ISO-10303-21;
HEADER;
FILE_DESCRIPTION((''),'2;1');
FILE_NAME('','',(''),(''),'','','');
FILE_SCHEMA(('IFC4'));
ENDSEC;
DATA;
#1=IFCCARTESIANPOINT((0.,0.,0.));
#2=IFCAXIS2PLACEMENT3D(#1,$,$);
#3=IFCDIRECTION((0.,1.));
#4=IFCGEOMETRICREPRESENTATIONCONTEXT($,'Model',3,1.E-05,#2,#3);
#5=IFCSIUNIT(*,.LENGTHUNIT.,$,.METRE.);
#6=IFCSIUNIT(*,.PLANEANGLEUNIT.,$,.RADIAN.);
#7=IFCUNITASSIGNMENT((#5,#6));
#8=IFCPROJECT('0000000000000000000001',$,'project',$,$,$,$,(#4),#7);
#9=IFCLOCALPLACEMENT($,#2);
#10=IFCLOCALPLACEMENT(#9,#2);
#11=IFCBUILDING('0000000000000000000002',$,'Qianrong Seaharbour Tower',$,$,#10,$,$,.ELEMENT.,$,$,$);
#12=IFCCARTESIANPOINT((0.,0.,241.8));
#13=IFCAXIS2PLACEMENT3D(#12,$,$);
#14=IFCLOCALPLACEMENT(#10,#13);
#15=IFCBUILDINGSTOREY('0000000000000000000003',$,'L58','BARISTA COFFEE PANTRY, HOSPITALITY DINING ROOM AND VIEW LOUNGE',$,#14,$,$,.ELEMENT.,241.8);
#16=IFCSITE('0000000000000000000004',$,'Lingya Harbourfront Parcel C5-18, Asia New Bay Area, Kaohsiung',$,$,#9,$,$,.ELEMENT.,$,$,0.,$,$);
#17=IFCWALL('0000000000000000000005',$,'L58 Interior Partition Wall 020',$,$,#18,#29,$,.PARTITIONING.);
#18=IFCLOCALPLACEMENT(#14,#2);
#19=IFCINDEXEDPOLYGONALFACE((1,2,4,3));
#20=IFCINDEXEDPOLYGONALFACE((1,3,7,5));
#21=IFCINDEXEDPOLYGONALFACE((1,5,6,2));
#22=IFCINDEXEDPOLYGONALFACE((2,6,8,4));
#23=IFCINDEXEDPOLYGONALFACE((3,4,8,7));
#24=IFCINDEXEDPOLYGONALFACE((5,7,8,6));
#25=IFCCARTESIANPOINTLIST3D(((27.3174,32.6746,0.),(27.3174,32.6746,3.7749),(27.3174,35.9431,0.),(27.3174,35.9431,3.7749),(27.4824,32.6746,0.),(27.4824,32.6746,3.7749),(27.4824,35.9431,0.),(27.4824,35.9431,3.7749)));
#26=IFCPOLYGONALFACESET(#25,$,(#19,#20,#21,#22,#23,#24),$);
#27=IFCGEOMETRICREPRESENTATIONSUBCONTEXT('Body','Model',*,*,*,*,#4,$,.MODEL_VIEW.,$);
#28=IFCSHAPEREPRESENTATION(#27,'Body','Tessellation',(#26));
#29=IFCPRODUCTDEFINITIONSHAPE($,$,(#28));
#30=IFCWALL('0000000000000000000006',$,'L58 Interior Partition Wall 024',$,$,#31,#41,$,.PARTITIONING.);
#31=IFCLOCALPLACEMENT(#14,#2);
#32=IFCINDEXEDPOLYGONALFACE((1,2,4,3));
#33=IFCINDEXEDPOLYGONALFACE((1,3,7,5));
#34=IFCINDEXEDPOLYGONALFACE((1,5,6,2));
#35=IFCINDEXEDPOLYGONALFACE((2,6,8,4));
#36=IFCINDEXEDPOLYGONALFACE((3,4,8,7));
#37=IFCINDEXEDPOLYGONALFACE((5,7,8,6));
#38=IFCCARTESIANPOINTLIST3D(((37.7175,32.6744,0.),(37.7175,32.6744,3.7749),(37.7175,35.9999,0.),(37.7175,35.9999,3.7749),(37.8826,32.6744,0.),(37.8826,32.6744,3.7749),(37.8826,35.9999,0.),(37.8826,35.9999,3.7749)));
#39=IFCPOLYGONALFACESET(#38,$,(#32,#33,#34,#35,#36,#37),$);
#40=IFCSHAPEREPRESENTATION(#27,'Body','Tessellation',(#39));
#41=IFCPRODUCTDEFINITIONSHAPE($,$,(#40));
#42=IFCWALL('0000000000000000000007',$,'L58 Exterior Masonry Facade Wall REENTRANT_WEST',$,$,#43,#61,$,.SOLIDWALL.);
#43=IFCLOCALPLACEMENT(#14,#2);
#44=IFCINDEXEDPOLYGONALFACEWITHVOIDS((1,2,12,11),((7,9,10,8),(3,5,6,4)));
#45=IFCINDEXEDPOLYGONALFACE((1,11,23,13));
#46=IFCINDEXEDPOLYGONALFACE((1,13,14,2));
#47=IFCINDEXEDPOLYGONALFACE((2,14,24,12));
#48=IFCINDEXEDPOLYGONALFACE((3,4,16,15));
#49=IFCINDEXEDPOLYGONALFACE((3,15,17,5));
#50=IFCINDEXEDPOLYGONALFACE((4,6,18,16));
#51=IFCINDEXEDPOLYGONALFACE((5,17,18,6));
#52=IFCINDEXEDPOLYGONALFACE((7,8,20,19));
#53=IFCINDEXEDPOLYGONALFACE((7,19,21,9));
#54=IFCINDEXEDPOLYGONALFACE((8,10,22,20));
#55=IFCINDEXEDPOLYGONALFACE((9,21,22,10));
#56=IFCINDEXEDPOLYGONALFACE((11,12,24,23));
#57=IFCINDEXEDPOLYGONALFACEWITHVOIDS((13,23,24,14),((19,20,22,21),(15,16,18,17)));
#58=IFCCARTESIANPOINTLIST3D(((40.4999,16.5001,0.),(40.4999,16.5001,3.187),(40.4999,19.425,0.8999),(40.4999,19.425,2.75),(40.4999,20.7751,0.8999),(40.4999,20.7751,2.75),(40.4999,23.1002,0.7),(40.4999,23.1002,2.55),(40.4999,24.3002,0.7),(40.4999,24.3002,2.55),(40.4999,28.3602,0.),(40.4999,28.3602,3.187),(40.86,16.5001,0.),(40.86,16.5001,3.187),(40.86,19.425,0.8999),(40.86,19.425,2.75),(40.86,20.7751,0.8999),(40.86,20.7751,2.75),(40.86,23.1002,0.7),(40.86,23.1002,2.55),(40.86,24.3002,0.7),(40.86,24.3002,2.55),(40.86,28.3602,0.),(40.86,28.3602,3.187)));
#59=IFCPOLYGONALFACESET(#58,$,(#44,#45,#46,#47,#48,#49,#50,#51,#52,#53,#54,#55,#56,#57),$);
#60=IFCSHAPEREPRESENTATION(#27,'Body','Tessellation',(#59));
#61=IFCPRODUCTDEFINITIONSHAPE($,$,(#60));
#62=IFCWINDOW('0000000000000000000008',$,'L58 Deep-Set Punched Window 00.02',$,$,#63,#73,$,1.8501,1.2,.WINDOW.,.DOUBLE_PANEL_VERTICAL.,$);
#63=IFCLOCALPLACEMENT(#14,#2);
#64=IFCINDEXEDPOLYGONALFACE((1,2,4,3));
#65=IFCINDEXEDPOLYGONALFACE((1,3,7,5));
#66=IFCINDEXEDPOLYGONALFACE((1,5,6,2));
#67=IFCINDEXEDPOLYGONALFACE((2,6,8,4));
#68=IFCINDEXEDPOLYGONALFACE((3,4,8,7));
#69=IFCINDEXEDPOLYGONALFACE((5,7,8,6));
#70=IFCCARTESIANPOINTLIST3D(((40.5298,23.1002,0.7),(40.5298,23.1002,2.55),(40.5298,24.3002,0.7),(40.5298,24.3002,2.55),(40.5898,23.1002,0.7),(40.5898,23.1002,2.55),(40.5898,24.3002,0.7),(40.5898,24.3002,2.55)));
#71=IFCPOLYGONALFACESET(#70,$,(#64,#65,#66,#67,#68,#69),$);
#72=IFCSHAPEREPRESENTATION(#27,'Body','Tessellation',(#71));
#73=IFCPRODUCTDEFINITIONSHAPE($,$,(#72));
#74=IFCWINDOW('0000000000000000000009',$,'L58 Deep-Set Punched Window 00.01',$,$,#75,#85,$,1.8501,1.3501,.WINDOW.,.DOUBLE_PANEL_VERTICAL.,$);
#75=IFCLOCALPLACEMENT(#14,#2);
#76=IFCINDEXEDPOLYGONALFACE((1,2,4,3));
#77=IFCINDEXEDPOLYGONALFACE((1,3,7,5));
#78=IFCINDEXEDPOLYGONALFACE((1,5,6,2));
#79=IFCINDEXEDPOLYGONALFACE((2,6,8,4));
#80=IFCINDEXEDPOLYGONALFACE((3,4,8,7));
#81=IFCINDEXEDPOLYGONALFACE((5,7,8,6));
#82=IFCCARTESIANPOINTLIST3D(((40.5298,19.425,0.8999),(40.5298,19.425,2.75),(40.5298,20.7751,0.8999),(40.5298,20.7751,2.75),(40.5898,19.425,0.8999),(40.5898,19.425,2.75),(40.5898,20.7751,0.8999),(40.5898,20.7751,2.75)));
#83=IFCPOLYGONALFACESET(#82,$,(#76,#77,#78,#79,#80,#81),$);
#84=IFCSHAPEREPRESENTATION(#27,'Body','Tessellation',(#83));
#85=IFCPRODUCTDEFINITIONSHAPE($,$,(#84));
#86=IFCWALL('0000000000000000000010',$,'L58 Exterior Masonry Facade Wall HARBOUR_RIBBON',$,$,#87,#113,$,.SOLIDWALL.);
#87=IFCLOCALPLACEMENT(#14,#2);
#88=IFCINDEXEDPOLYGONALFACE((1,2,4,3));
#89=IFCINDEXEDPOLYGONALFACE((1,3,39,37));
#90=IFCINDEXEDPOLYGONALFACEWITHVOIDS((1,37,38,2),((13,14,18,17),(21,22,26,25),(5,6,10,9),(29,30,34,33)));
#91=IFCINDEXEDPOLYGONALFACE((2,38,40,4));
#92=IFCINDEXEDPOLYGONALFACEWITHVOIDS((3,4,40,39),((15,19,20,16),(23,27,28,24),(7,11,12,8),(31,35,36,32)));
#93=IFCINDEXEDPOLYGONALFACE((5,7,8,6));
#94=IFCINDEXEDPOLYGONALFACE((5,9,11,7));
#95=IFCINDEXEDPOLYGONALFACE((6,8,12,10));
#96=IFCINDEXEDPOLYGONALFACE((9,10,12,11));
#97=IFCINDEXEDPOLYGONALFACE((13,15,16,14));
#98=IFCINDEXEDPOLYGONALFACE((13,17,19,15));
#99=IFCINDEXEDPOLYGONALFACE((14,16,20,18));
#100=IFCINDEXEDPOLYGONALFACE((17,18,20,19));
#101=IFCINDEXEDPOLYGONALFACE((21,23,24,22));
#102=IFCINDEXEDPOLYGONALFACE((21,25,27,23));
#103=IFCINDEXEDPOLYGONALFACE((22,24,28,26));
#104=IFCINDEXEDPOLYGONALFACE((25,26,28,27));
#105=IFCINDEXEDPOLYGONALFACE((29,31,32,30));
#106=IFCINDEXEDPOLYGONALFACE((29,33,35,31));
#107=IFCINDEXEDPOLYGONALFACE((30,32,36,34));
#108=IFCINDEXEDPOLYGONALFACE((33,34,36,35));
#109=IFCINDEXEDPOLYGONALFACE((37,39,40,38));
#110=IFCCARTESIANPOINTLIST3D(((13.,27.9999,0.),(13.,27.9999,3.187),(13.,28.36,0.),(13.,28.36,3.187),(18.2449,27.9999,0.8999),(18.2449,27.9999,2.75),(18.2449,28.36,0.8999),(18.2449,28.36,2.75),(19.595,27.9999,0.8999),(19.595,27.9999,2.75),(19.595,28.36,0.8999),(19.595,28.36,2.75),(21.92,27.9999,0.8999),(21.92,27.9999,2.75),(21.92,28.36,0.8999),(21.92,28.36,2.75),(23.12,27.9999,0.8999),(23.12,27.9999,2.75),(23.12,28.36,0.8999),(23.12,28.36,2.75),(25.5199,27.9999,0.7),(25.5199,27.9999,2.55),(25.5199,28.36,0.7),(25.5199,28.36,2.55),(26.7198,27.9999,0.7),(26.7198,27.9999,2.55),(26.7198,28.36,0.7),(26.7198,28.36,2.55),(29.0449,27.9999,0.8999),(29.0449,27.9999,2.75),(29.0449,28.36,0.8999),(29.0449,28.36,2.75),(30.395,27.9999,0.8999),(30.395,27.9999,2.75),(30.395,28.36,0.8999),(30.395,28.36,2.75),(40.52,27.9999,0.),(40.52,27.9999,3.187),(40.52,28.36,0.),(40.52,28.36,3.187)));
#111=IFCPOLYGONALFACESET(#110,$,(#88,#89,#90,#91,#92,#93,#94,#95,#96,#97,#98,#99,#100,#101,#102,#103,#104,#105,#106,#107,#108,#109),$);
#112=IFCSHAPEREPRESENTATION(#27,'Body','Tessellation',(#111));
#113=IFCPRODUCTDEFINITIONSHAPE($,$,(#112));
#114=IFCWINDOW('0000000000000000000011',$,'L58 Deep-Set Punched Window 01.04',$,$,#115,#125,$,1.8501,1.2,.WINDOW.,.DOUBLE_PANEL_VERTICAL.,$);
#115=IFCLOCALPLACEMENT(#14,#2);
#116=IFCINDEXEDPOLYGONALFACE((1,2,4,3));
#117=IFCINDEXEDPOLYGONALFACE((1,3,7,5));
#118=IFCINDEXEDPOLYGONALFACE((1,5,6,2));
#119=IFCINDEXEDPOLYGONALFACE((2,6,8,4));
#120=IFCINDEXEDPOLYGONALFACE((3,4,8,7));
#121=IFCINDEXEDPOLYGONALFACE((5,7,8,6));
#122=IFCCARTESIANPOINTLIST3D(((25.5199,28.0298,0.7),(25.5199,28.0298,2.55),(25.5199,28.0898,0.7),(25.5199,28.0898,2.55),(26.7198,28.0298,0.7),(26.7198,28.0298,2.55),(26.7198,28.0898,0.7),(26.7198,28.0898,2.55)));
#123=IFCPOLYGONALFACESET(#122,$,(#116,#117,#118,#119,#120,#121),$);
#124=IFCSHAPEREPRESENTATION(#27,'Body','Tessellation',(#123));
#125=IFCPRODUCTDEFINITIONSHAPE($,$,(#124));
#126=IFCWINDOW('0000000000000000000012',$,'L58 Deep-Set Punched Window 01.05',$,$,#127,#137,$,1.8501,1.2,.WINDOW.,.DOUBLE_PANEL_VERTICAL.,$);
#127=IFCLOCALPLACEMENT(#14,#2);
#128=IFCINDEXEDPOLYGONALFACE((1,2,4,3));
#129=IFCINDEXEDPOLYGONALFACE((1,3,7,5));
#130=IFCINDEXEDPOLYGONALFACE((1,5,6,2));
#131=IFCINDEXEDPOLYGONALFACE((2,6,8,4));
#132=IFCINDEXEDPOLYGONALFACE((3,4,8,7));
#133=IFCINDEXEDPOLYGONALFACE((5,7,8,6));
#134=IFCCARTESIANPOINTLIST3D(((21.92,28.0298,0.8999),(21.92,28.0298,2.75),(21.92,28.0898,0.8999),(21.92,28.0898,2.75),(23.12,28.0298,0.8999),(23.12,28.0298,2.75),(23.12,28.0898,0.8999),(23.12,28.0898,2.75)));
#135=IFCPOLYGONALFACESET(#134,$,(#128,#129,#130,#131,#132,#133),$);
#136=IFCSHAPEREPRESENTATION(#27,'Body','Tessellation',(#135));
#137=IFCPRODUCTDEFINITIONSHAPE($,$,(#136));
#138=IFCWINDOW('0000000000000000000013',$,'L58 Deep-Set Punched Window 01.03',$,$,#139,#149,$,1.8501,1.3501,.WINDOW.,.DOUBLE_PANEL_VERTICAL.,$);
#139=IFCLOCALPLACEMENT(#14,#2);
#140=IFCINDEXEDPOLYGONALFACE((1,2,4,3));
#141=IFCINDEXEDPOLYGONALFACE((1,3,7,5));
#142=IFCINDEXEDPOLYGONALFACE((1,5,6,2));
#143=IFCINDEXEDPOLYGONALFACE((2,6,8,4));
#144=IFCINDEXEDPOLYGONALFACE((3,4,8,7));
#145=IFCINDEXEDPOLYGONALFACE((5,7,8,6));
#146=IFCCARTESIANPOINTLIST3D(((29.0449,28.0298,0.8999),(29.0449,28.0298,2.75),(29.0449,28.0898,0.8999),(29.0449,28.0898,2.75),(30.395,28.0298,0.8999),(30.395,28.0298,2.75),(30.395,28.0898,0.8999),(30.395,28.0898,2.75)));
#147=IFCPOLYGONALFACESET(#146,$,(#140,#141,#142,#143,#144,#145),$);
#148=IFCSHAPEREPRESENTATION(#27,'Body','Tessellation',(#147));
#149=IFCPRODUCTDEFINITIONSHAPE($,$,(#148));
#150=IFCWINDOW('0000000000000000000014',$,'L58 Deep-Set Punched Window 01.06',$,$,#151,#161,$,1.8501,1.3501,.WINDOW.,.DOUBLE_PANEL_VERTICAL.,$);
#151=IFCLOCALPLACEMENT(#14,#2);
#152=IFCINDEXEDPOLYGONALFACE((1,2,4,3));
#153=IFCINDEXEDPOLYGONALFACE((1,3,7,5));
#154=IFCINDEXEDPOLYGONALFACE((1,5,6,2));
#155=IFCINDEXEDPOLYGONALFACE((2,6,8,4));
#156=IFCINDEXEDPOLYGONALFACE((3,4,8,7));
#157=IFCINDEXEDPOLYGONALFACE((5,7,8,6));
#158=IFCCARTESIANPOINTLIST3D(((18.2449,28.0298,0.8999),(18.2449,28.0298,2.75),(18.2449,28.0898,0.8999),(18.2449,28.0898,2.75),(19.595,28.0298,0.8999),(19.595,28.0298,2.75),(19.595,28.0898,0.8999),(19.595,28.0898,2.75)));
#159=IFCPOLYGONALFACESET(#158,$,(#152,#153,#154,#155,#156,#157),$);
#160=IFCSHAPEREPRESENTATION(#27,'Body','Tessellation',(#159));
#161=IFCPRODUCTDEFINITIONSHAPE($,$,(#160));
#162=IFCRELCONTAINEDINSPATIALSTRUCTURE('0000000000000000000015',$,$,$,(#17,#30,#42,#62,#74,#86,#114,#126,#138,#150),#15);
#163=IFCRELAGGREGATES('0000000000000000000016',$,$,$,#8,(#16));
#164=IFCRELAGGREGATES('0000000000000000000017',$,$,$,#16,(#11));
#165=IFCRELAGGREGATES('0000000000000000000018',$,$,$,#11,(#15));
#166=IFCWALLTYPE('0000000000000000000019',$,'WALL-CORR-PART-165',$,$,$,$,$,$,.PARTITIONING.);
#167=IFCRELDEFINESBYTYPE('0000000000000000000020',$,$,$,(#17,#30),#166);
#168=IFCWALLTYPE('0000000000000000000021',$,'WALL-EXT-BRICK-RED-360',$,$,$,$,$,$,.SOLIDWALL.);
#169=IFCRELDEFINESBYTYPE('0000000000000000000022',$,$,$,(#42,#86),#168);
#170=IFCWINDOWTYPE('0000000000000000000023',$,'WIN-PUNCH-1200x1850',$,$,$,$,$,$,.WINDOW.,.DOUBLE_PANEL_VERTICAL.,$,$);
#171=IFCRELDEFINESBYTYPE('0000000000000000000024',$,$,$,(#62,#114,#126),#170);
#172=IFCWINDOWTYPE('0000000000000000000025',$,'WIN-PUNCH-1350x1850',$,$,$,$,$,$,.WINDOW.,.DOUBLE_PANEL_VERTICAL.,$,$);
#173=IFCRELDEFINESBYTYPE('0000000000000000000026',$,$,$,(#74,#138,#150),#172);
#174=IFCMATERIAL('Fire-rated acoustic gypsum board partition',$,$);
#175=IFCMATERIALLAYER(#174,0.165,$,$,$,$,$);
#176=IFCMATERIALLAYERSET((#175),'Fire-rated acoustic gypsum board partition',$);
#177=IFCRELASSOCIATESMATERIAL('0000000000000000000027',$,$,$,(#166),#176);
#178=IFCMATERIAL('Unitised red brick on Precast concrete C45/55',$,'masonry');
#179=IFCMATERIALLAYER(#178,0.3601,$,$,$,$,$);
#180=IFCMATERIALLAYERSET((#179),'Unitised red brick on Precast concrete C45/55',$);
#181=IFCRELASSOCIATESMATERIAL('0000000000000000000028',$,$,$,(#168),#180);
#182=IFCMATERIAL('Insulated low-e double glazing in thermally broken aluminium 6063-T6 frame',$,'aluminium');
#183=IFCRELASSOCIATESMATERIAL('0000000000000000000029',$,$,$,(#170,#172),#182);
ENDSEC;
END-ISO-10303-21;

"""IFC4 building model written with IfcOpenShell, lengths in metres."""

from ifc_helpers import new_model, si_unit, direction, frame, frame_2d, origin, place, context, subcontext, project, spatial, rectangle, extrude, material, layer, layer_set, type_object, element, fill, save


model = new_model("IFC4")

# Units and contexts
model_context = context("Model", 3, precision=1e-05, world=origin(), true_north=direction((0.0, 1.0)))
body_context = subcontext(model_context, "Body", "Model", "MODEL_VIEW")
ifc_project = project(units=[si_unit("LENGTHUNIT", "METRE"), si_unit("PLANEANGLEUNIT", "RADIAN")], contexts=[model_context])

# Site, building, storey
site_placement = place(None, origin())
site = spatial("IfcSite", under=ifc_project, at=site_placement, Name="Lingya Harbourfront Parcel C5-18, Asia New Bay Area, Kaohsiung", CompositionType="ELEMENT", RefElevation=0.0)
building_placement = place(site_placement, origin())
building = spatial("IfcBuilding", under=site, at=building_placement, Name="Qianrong Seaharbour Tower", CompositionType="ELEMENT")
storey_placement = place(building_placement, frame((0.0, 0.0, 241.8)))
storey = spatial("IfcBuildingStorey", under=building, at=storey_placement, Name="L58", Description="BARISTA COFFEE PANTRY, HOSPITALITY DINING ROOM AND VIEW LOUNGE", CompositionType="ELEMENT", Elevation=241.8)

# Walls
ifc_material_1 = material(Name="Fire-rated acoustic gypsum board partition")
ifc_layer_1 = layer(ifc_material_1, 0.165)
ifc_layer_set_1 = layer_set([ifc_layer_1], Name="Fire-rated acoustic gypsum board partition")
wall_type_1 = type_object("IfcWallType", Name="WALL-CORR-PART-165", PredefinedType="PARTITIONING", material=ifc_layer_set_1)
wall_1_placement = place(storey_placement, frame((27.3999, 32.6746, 0.0), z_axis=(0.0, 0.0, 1.0), x_axis=(0.0, 1.0, 0.0)))
element("IfcWall", 1, at=wall_1_placement, inside=storey, type_object=wall_type_1, Name="L58 Interior Partition Wall 020", PredefinedType="PARTITIONING", context=body_context, shape_type="SweptSolid", body=[
    extrude(rectangle(XDim=3.2686, YDim=0.165, at=frame_2d((1.6343, 0.0))), origin(), (0.0, 0.0, 1.0), 3.7749),
])
wall_2_placement = place(storey_placement, frame((37.8, 32.6746, 0.0), z_axis=(0.0, 0.0, 1.0), x_axis=(0.0, 1.0, 0.0)))
element("IfcWall", 2, at=wall_2_placement, inside=storey, type_object=wall_type_1, Name="L58 Interior Partition Wall 024", PredefinedType="PARTITIONING", context=body_context, shape_type="SweptSolid", body=[
    extrude(rectangle(XDim=3.3254, YDim=0.165, at=frame_2d((1.6626, 0.0))), origin(), (0.0, 0.0, 1.0), 3.7749),
])

# Walls, openings, windows
ifc_material_2 = material(Name="Unitised red brick on Precast concrete C45/55", Category="masonry")
ifc_layer_2 = layer(ifc_material_2, 0.3601)
ifc_layer_set_2 = layer_set([ifc_layer_2], Name="Unitised red brick on Precast concrete C45/55")
wall_type_2 = type_object("IfcWallType", Name="WALL-EXT-BRICK-RED-360", PredefinedType="SOLIDWALL", material=ifc_layer_set_2)
wall_3_placement = place(storey_placement, frame((40.6799, 16.5, 0.0), z_axis=(0.0, 0.0, 1.0), x_axis=(0.0, 1.0, 0.0)))
wall_3 = element("IfcWall", 3, at=wall_3_placement, inside=storey, type_object=wall_type_2, Name="L58 Exterior Masonry Facade Wall REENTRANT_WEST", PredefinedType="SOLIDWALL", context=body_context, shape_type="SweptSolid", body=[
    extrude(rectangle(XDim=11.8601, YDim=0.3601, at=frame_2d((5.9302, 0.0))), origin(), (0.0, 0.0, 1.0), 3.187),
])
opening_1_placement = place(wall_3_placement, frame((2.925, 0.0, 0.8999)))
opening_1 = element("IfcOpeningElement", 4, at=opening_1_placement, cuts=wall_3, PredefinedType="OPENING", context=body_context, shape_type="SweptSolid", body=[
    extrude(rectangle(XDim=1.3501, YDim=1.8501, at=frame_2d((0.675, 0.925))), frame((0.0, 0.1899, 0.0), z_axis=(0.0, -1.0, 0.0), x_axis=(1.0, 0.0, 0.0)), (0.0, 0.0, 1.0), 0.3801),
])
opening_2_placement = place(wall_3_placement, frame((6.6001, 0.0, 0.7)))
opening_2 = element("IfcOpeningElement", 5, at=opening_2_placement, cuts=wall_3, PredefinedType="OPENING", context=body_context, shape_type="SweptSolid", body=[
    extrude(rectangle(XDim=1.2, YDim=1.8501, at=frame_2d((0.6001, 0.925))), frame((0.0, 0.1899, 0.0), z_axis=(0.0, -1.0, 0.0), x_axis=(1.0, 0.0, 0.0)), (0.0, 0.0, 1.0), 0.3801),
])
ifc_material_3 = material(Name="Insulated low-e double glazing in thermally broken aluminium 6063-T6 frame", Category="aluminium")
window_type_1 = type_object("IfcWindowType", Name="WIN-PUNCH-1200x1850", PartitioningType="DOUBLE_PANEL_VERTICAL", PredefinedType="WINDOW", material=ifc_material_3)
window_1_placement = place(opening_2_placement, origin())
window_1 = element("IfcWindow", 6, at=window_1_placement, inside=storey, type_object=window_type_1, Name="L58 Deep-Set Punched Window 00.02", OverallHeight=1.8501, OverallWidth=1.2, PartitioningType="DOUBLE_PANEL_VERTICAL", PredefinedType="WINDOW", context=body_context, shape_type="SweptSolid", body=[
    extrude(rectangle(XDim=1.2, YDim=1.8501, at=frame_2d((0.6001, 0.925))), frame((0.0, 0.1501, 0.0), z_axis=(0.0, -1.0, 0.0), x_axis=(1.0, 0.0, 0.0)), (0.0, 0.0, 1.0), 0.0601),
])
fill(opening_2, window_1)
window_type_2 = type_object("IfcWindowType", Name="WIN-PUNCH-1350x1850", PartitioningType="DOUBLE_PANEL_VERTICAL", PredefinedType="WINDOW", material=ifc_material_3)
window_2_placement = place(opening_1_placement, origin())
window_2 = element("IfcWindow", 7, at=window_2_placement, inside=storey, type_object=window_type_2, Name="L58 Deep-Set Punched Window 00.01", OverallHeight=1.8501, OverallWidth=1.3501, PartitioningType="DOUBLE_PANEL_VERTICAL", PredefinedType="WINDOW", context=body_context, shape_type="SweptSolid", body=[
    extrude(rectangle(XDim=1.3501, YDim=1.8501, at=frame_2d((0.675, 0.925))), frame((0.0, 0.1501, 0.0), z_axis=(0.0, -1.0, 0.0), x_axis=(1.0, 0.0, 0.0)), (0.0, 0.0, 1.0), 0.0601),
])
fill(opening_1, window_2)
wall_4_placement = place(storey_placement, frame((40.52, 28.1799, 0.0), z_axis=(0.0, 0.0, 1.0), x_axis=(-1.0, 0.0, 0.0)))
wall_4 = element("IfcWall", 8, at=wall_4_placement, inside=storey, type_object=wall_type_2, Name="L58 Exterior Masonry Facade Wall HARBOUR_RIBBON", PredefinedType="SOLIDWALL", context=body_context, shape_type="SweptSolid", body=[
    extrude(rectangle(XDim=27.52, YDim=0.3601, at=frame_2d((13.76, 0.0))), origin(), (0.0, 0.0, 1.0), 3.187),
])
opening_3_placement = place(wall_4_placement, frame((10.125, 0.0, 0.8999)))
opening_3 = element("IfcOpeningElement", 9, at=opening_3_placement, cuts=wall_4, PredefinedType="OPENING", context=body_context, shape_type="SweptSolid", body=[
    extrude(rectangle(XDim=1.3501, YDim=1.8501, at=frame_2d((0.675, 0.925))), frame((0.0, 0.1899, 0.0), z_axis=(0.0, -1.0, 0.0), x_axis=(1.0, 0.0, 0.0)), (0.0, 0.0, 1.0), 0.3801),
])
opening_4_placement = place(wall_4_placement, frame((13.8, 0.0, 0.7)))
opening_4 = element("IfcOpeningElement", 10, at=opening_4_placement, cuts=wall_4, PredefinedType="OPENING", context=body_context, shape_type="SweptSolid", body=[
    extrude(rectangle(XDim=1.2, YDim=1.8501, at=frame_2d((0.6001, 0.925))), frame((0.0, 0.1899, 0.0), z_axis=(0.0, -1.0, 0.0), x_axis=(1.0, 0.0, 0.0)), (0.0, 0.0, 1.0), 0.3801),
])
opening_5_placement = place(wall_4_placement, frame((17.3999, 0.0, 0.8999)))
opening_5 = element("IfcOpeningElement", 11, at=opening_5_placement, cuts=wall_4, PredefinedType="OPENING", context=body_context, shape_type="SweptSolid", body=[
    extrude(rectangle(XDim=1.2, YDim=1.8501, at=frame_2d((0.6001, 0.925))), frame((0.0, 0.1899, 0.0), z_axis=(0.0, -1.0, 0.0), x_axis=(1.0, 0.0, 0.0)), (0.0, 0.0, 1.0), 0.3801),
])
opening_6_placement = place(wall_4_placement, frame((20.925, 0.0, 0.8999)))
opening_6 = element("IfcOpeningElement", 12, at=opening_6_placement, cuts=wall_4, PredefinedType="OPENING", context=body_context, shape_type="SweptSolid", body=[
    extrude(rectangle(XDim=1.3501, YDim=1.8501, at=frame_2d((0.675, 0.925))), frame((0.0, 0.1899, 0.0), z_axis=(0.0, -1.0, 0.0), x_axis=(1.0, 0.0, 0.0)), (0.0, 0.0, 1.0), 0.3801),
])
window_3_placement = place(opening_4_placement, origin())
window_3 = element("IfcWindow", 13, at=window_3_placement, inside=storey, type_object=window_type_1, Name="L58 Deep-Set Punched Window 01.04", OverallHeight=1.8501, OverallWidth=1.2, PartitioningType="DOUBLE_PANEL_VERTICAL", PredefinedType="WINDOW", context=body_context, shape_type="SweptSolid", body=[
    extrude(rectangle(XDim=1.2, YDim=1.8501, at=frame_2d((0.6001, 0.925))), frame((0.0, 0.1501, 0.0), z_axis=(0.0, -1.0, 0.0), x_axis=(1.0, 0.0, 0.0)), (0.0, 0.0, 1.0), 0.0601),
])
fill(opening_4, window_3)
window_4_placement = place(opening_5_placement, origin())
window_4 = element("IfcWindow", 14, at=window_4_placement, inside=storey, type_object=window_type_1, Name="L58 Deep-Set Punched Window 01.05", OverallHeight=1.8501, OverallWidth=1.2, PartitioningType="DOUBLE_PANEL_VERTICAL", PredefinedType="WINDOW", context=body_context, shape_type="SweptSolid", body=[
    extrude(rectangle(XDim=1.2, YDim=1.8501, at=frame_2d((0.6001, 0.925))), frame((0.0, 0.1501, 0.0), z_axis=(0.0, -1.0, 0.0), x_axis=(1.0, 0.0, 0.0)), (0.0, 0.0, 1.0), 0.0601),
])
fill(opening_5, window_4)
window_5_placement = place(opening_3_placement, origin())
window_5 = element("IfcWindow", 15, at=window_5_placement, inside=storey, type_object=window_type_2, Name="L58 Deep-Set Punched Window 01.03", OverallHeight=1.8501, OverallWidth=1.3501, PartitioningType="DOUBLE_PANEL_VERTICAL", PredefinedType="WINDOW", context=body_context, shape_type="SweptSolid", body=[
    extrude(rectangle(XDim=1.3501, YDim=1.8501, at=frame_2d((0.675, 0.925))), frame((0.0, 0.1501, 0.0), z_axis=(0.0, -1.0, 0.0), x_axis=(1.0, 0.0, 0.0)), (0.0, 0.0, 1.0), 0.0601),
])
fill(opening_3, window_5)
window_6_placement = place(opening_6_placement, origin())
window_6 = element("IfcWindow", 16, at=window_6_placement, inside=storey, type_object=window_type_2, Name="L58 Deep-Set Punched Window 01.06", OverallHeight=1.8501, OverallWidth=1.3501, PartitioningType="DOUBLE_PANEL_VERTICAL", PredefinedType="WINDOW", context=body_context, shape_type="SweptSolid", body=[
    extrude(rectangle(XDim=1.3501, YDim=1.8501, at=frame_2d((0.675, 0.925))), frame((0.0, 0.1501, 0.0), z_axis=(0.0, -1.0, 0.0), x_axis=(1.0, 0.0, 0.0)), (0.0, 0.0, 1.0), 0.0601),
])
fill(opening_6, window_6)

save(model, "model.ifc")
